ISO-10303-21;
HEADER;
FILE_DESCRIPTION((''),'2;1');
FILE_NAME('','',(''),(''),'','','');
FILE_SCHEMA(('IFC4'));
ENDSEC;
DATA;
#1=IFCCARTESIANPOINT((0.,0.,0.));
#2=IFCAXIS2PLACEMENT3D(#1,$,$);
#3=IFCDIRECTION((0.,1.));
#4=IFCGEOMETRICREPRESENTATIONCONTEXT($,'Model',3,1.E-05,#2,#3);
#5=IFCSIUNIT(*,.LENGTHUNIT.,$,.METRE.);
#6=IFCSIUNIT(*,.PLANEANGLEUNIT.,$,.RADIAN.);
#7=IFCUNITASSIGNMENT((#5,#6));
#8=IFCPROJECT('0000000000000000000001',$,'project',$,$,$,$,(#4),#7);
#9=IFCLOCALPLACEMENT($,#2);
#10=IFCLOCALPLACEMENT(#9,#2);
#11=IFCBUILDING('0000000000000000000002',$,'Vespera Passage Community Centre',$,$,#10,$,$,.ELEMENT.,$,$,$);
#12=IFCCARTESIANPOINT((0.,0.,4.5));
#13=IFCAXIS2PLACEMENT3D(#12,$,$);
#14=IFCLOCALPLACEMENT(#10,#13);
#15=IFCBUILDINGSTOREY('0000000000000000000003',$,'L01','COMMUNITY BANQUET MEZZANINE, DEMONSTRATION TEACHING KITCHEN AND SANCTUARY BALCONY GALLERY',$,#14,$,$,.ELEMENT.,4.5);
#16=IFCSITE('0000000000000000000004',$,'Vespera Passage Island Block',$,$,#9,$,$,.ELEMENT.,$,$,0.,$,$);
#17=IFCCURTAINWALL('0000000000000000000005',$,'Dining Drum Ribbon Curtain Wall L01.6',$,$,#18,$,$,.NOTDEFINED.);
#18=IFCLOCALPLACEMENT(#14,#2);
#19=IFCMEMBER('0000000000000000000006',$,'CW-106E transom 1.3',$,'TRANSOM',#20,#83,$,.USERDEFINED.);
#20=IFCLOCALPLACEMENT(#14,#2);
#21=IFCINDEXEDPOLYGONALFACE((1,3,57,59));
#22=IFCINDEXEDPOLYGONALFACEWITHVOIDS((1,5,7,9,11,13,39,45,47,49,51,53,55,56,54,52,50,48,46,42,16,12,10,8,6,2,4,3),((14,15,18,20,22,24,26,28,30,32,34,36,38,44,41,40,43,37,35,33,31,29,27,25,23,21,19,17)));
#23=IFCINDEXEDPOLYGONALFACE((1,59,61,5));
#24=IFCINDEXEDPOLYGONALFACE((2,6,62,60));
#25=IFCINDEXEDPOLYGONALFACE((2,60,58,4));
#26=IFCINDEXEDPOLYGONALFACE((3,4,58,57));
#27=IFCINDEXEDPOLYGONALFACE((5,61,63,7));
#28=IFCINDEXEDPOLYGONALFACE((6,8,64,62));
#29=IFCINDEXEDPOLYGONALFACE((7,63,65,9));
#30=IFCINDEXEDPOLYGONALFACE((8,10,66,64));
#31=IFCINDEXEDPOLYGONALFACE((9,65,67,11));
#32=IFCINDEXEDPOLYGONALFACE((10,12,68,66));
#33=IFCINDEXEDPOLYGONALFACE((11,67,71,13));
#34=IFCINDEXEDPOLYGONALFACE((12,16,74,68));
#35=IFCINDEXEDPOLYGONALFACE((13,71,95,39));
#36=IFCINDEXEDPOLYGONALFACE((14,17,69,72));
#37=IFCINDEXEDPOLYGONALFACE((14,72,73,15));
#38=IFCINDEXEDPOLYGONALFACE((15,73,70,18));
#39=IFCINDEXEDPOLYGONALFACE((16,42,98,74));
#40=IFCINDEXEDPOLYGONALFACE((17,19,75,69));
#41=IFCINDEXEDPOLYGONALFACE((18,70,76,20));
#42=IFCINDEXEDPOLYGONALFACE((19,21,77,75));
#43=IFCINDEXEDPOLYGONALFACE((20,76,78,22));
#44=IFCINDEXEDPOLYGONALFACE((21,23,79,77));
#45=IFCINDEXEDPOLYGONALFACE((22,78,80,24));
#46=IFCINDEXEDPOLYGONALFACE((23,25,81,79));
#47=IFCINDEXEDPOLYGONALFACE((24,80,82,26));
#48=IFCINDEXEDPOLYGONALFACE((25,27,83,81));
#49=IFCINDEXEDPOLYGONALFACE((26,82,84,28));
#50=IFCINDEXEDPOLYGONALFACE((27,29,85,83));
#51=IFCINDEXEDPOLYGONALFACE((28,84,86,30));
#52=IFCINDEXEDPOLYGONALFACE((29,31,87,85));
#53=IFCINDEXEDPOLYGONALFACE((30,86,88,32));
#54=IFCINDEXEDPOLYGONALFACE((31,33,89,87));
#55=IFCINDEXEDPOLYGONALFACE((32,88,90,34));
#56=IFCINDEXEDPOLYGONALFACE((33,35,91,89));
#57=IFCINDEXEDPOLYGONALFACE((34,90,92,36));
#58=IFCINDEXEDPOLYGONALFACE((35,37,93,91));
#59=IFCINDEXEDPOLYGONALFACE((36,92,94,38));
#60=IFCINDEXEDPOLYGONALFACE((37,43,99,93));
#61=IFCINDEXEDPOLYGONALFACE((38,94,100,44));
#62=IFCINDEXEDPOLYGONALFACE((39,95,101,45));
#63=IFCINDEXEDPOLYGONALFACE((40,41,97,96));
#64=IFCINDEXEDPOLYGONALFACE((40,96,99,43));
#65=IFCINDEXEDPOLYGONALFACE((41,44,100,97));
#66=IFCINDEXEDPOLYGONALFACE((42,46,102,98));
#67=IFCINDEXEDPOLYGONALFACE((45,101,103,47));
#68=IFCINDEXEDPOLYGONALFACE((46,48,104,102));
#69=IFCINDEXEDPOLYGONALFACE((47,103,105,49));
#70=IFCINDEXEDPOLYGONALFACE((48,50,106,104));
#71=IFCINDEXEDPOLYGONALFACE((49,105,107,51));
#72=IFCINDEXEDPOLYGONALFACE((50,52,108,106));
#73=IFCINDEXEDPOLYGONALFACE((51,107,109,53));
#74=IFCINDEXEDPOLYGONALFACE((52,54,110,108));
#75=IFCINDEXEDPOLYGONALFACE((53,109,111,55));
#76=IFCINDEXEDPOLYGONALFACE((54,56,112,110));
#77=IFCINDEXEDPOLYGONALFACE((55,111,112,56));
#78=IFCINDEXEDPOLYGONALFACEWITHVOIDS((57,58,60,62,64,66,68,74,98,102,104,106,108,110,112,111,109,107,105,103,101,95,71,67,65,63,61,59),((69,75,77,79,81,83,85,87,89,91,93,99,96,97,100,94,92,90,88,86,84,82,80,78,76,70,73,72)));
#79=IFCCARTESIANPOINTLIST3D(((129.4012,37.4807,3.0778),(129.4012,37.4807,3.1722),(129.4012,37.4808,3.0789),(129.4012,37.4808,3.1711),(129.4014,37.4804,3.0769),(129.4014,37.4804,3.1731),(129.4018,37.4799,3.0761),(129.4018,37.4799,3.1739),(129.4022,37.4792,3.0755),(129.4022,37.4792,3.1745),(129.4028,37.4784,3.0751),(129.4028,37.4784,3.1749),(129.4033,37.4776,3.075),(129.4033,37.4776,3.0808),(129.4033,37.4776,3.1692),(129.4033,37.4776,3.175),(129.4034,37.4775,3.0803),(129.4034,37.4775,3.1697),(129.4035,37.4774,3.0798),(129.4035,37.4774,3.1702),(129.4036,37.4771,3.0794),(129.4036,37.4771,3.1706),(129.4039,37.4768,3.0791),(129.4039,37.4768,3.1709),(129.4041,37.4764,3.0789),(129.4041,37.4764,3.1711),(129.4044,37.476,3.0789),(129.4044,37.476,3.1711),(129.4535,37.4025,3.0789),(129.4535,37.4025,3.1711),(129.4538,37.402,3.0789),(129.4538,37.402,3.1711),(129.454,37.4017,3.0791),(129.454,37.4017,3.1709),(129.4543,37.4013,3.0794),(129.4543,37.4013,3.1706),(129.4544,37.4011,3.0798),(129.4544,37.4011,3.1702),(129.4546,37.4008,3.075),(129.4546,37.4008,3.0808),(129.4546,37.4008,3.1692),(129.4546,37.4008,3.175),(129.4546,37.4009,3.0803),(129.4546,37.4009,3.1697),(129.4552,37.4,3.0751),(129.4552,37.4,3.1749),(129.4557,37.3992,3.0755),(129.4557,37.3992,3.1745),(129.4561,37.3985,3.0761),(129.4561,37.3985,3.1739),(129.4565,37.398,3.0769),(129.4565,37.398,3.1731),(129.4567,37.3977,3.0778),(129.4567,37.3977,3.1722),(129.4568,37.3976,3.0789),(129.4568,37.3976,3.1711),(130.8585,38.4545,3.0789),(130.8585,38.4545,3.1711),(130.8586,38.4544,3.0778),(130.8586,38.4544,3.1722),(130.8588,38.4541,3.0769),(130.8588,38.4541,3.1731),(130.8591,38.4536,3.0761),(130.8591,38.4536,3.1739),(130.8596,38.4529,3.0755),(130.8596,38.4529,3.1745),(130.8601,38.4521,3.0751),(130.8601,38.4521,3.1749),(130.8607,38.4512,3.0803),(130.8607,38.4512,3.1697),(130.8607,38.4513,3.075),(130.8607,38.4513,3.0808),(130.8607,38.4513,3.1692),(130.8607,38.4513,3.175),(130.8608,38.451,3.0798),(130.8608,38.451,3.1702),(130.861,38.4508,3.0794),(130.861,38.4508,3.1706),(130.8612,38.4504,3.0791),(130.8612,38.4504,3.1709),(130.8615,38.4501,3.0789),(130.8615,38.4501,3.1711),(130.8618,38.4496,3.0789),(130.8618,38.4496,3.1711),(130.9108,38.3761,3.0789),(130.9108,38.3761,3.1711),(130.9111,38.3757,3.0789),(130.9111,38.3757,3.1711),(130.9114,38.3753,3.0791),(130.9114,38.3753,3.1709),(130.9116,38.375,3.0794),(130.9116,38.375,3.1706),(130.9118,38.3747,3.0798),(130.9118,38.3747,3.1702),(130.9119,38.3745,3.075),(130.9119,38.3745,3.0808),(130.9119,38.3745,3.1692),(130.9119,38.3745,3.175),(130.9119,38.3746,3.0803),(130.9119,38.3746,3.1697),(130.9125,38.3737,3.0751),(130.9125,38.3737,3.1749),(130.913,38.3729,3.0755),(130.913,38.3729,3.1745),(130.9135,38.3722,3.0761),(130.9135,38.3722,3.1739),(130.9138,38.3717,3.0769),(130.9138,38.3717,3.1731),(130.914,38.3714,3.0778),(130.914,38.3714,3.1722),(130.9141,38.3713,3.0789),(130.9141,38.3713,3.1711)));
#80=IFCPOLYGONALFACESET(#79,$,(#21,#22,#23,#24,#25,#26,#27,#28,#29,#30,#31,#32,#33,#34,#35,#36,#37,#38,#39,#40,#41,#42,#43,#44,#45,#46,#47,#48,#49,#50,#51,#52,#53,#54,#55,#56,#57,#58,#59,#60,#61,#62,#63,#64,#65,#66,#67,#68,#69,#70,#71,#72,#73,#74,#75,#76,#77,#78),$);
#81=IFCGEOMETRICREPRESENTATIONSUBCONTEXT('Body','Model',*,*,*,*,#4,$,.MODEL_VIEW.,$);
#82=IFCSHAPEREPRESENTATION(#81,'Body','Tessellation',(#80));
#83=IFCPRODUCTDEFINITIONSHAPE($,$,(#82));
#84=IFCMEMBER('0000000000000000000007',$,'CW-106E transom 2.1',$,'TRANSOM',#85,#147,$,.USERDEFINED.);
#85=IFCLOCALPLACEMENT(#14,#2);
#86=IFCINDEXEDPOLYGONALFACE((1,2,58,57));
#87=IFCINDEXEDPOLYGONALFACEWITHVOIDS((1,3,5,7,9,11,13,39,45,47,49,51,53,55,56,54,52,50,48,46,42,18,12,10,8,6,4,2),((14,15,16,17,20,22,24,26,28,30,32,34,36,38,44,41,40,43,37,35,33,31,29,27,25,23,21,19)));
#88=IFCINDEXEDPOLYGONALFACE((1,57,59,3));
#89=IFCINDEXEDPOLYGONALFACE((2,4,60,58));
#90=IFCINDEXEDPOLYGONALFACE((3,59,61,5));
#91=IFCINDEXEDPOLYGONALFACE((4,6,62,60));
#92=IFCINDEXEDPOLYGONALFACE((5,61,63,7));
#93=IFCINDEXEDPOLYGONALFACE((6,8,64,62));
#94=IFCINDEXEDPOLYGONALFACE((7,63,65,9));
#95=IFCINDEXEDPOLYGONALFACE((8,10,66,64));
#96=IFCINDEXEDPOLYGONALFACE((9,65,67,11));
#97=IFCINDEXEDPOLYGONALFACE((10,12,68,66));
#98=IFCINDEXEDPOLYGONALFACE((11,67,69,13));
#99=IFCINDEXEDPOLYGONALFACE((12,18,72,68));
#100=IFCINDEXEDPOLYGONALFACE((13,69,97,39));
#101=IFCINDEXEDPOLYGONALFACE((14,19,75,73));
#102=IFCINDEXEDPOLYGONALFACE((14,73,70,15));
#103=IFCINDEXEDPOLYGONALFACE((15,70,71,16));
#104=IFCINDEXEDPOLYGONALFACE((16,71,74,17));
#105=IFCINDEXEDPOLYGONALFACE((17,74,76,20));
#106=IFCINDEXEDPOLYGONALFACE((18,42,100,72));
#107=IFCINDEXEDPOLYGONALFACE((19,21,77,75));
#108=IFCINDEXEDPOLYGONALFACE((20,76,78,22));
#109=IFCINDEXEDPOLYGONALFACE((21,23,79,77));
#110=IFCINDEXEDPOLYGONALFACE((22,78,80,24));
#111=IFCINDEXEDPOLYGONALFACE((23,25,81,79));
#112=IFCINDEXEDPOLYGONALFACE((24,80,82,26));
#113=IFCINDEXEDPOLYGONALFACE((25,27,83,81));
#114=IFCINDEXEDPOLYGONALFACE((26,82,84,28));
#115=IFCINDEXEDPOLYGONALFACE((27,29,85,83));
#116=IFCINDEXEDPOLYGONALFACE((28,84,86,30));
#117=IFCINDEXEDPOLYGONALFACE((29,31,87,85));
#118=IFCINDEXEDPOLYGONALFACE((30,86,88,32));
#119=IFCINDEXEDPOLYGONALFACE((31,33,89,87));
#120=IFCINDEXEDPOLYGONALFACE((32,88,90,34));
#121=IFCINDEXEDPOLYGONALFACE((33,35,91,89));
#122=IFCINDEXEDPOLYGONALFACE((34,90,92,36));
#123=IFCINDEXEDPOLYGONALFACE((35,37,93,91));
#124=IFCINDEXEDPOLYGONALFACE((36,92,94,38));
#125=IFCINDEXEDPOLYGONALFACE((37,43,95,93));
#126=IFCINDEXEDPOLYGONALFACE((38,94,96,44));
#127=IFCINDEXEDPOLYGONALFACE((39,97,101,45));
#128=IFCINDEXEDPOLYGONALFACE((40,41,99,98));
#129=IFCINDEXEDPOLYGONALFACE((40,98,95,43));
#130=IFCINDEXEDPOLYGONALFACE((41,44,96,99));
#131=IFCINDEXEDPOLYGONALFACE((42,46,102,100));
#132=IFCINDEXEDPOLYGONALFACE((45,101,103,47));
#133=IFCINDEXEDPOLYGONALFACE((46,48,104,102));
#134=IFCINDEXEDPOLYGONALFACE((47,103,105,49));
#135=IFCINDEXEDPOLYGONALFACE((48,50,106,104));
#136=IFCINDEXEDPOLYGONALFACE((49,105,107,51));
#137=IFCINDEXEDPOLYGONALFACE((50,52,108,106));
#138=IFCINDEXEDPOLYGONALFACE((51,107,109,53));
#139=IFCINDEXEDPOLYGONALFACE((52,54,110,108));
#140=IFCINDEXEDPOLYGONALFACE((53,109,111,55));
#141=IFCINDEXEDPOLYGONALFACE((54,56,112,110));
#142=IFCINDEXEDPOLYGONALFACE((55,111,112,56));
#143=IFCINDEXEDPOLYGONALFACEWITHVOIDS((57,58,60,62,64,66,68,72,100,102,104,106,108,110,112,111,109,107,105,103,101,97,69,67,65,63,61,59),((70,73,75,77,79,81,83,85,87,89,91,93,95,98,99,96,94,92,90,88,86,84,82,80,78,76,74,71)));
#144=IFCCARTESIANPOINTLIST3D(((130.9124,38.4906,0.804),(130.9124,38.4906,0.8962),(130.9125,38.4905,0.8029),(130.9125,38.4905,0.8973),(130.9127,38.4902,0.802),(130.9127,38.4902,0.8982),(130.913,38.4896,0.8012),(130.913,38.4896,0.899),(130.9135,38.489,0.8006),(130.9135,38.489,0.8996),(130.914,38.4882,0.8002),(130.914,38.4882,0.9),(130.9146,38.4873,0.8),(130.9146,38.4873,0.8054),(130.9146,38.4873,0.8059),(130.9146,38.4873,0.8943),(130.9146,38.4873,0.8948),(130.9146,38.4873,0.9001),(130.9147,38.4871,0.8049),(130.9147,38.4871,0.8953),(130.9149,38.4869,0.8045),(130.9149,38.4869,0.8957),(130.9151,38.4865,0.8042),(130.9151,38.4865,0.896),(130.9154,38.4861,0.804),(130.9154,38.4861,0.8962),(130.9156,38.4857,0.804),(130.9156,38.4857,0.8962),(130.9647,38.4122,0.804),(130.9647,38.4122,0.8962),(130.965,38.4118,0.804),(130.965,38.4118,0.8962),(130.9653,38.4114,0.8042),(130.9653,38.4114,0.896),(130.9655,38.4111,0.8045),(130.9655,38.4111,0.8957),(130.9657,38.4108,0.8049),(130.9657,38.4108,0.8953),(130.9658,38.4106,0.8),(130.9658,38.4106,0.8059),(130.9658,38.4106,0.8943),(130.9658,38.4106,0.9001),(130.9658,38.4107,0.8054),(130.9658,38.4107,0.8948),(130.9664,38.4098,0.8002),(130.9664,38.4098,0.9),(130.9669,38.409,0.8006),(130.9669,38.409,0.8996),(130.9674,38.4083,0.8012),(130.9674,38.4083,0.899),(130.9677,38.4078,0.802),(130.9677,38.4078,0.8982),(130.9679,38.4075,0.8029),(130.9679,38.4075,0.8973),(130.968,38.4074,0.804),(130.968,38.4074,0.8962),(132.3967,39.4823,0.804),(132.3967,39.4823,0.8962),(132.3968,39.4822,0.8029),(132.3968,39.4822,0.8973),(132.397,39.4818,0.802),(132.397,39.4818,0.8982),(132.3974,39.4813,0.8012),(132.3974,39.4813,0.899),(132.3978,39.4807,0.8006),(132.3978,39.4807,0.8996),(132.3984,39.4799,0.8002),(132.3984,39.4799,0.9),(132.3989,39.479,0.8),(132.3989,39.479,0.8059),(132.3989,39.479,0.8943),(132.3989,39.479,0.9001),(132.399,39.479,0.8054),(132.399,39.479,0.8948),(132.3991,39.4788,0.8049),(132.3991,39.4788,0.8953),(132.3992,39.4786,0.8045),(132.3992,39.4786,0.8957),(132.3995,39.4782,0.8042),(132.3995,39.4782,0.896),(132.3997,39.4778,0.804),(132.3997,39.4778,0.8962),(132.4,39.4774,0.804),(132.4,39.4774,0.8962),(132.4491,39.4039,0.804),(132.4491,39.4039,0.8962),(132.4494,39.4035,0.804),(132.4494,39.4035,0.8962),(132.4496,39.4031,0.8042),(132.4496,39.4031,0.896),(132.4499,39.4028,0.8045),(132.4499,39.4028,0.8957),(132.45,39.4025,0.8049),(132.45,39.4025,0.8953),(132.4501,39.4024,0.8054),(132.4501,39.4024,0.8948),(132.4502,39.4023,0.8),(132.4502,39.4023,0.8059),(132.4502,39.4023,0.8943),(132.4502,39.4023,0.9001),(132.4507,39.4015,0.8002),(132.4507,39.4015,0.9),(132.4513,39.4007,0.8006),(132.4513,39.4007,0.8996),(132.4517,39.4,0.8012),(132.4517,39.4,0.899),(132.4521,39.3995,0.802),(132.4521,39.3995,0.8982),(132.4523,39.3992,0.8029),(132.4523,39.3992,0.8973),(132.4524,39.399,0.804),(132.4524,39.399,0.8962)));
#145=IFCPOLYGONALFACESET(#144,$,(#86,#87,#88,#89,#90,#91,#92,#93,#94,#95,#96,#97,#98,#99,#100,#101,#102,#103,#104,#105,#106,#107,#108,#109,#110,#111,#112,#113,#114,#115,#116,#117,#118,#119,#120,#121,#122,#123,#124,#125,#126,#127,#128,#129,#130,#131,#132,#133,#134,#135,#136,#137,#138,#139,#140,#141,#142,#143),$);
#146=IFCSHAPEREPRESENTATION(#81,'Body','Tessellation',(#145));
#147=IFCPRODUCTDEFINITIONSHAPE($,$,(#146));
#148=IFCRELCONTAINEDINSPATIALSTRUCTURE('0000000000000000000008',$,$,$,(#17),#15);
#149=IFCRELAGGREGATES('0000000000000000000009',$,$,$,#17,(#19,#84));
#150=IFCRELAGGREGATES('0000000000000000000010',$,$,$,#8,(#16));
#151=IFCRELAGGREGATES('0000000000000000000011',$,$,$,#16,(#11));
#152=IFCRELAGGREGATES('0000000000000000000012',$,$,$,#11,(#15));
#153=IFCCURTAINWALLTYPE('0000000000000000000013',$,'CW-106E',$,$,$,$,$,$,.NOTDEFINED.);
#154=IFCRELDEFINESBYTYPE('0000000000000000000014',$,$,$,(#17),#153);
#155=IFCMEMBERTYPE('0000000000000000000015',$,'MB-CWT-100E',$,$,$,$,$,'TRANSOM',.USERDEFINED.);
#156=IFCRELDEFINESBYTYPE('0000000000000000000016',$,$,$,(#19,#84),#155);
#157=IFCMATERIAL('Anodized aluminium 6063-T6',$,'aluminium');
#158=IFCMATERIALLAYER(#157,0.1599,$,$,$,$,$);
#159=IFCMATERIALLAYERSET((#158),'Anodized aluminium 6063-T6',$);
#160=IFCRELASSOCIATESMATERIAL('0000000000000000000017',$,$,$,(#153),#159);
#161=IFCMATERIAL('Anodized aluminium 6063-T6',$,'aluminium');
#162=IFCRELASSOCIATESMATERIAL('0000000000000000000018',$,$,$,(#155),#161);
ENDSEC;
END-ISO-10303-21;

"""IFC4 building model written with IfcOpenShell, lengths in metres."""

from ifc_helpers import new_model, si_unit, direction, frame, origin, origin_2d, place, context, subcontext, project, spatial, hollow_rectangle, extrude, material, layer, layer_set, material_profile, profile_set, type_object, element, aggregate, save


model = new_model("IFC4")

# Units and contexts
model_context = context("Model", 3, precision=1e-05, world=origin(), true_north=direction((0.0, 1.0)))
body_context = subcontext(model_context, "Body", "Model", "MODEL_VIEW")
ifc_project = project(units=[si_unit("LENGTHUNIT", "METRE"), si_unit("PLANEANGLEUNIT", "RADIAN")], contexts=[model_context])

# Site, building, storey
site_placement = place(None, origin())
site = spatial("IfcSite", under=ifc_project, at=site_placement, Name="Vespera Passage Island Block", CompositionType="ELEMENT", RefElevation=0.0)
building_placement = place(site_placement, origin())
building = spatial("IfcBuilding", under=site, at=building_placement, Name="Vespera Passage Community Centre", CompositionType="ELEMENT")
storey_placement = place(building_placement, frame((0.0, 0.0, 4.5)))
storey = spatial("IfcBuildingStorey", under=building, at=storey_placement, Name="L01", Description="COMMUNITY BANQUET MEZZANINE, DEMONSTRATION TEACHING KITCHEN AND SANCTUARY BALCONY GALLERY", CompositionType="ELEMENT", Elevation=4.5)

# Curtain wall, members
ifc_material_1 = material(Name="Anodized aluminium 6063-T6", Category="aluminium")
ifc_layer_1 = layer(ifc_material_1, 0.1599)
ifc_layer_set_1 = layer_set([ifc_layer_1], Name="Anodized aluminium 6063-T6")
curtain_wall_type = type_object("IfcCurtainWallType", Name="CW-106E", PredefinedType="NOTDEFINED", material=ifc_layer_set_1)
curtain_wall_placement = place(storey_placement, origin())
curtain_wall = element("IfcCurtainWall", 1, at=curtain_wall_placement, inside=storey, type_object=curtain_wall_type, Name="Dining Drum Ribbon Curtain Wall L01.6", PredefinedType="NOTDEFINED")
ifc_material_2 = material(Name="Anodized aluminium 6063-T6", Category="aluminium")
ifc_material_profile_1 = material_profile(ifc_material_2, hollow_rectangle(XDim=0.1001, YDim=0.1001, WallThickness=0.0039, InnerFilletRadius=0.002, OuterFilletRadius=0.0039, at=origin_2d()), Name="ALU100X100X4")
ifc_profile_set_1 = profile_set([ifc_material_profile_1], Name="Anodized aluminium 6063-T6")
member_type_1 = type_object("IfcMemberType", Name="MB-CWT-100E", ElementType="TRANSOM", PredefinedType="USERDEFINED", material=ifc_profile_set_1)
member_1_placement = place(storey_placement, frame((129.429, 37.4392, 3.125), z_axis=(0.831493, 0.555536, 0.0), x_axis=(-0.555536, 0.831493, 0.0)))
member_1 = element("IfcMember", 2, at=member_1_placement, type_object=member_type_1, Name="CW-106E transom 1.3", ObjectType="TRANSOM", PredefinedType="USERDEFINED", context=body_context, shape_type="SweptSolid", body=[
    extrude(hollow_rectangle(XDim=0.1001, YDim=0.1001, WallThickness=0.0039, InnerFilletRadius=0.002, OuterFilletRadius=0.0039, at=origin_2d()), origin(), (0.0, 0.0, 1.0), 1.7527),
])
member_2_placement = place(storey_placement, frame((130.9402, 38.449, 0.8501), z_axis=(0.831503, 0.55552, 0.0), x_axis=(-0.55552, 0.831503, 0.0)))
member_2 = element("IfcMember", 3, at=member_2_placement, type_object=member_type_1, Name="CW-106E transom 2.1", ObjectType="TRANSOM", PredefinedType="USERDEFINED", context=body_context, shape_type="SweptSolid", body=[
    extrude(hollow_rectangle(XDim=0.1001, YDim=0.1001, WallThickness=0.0039, InnerFilletRadius=0.002, OuterFilletRadius=0.0039, at=origin_2d()), origin(), (0.0, 0.0, 1.0), 1.7852),
])
aggregate(curtain_wall, [member_1, member_2])

save(model, "model.ifc")
